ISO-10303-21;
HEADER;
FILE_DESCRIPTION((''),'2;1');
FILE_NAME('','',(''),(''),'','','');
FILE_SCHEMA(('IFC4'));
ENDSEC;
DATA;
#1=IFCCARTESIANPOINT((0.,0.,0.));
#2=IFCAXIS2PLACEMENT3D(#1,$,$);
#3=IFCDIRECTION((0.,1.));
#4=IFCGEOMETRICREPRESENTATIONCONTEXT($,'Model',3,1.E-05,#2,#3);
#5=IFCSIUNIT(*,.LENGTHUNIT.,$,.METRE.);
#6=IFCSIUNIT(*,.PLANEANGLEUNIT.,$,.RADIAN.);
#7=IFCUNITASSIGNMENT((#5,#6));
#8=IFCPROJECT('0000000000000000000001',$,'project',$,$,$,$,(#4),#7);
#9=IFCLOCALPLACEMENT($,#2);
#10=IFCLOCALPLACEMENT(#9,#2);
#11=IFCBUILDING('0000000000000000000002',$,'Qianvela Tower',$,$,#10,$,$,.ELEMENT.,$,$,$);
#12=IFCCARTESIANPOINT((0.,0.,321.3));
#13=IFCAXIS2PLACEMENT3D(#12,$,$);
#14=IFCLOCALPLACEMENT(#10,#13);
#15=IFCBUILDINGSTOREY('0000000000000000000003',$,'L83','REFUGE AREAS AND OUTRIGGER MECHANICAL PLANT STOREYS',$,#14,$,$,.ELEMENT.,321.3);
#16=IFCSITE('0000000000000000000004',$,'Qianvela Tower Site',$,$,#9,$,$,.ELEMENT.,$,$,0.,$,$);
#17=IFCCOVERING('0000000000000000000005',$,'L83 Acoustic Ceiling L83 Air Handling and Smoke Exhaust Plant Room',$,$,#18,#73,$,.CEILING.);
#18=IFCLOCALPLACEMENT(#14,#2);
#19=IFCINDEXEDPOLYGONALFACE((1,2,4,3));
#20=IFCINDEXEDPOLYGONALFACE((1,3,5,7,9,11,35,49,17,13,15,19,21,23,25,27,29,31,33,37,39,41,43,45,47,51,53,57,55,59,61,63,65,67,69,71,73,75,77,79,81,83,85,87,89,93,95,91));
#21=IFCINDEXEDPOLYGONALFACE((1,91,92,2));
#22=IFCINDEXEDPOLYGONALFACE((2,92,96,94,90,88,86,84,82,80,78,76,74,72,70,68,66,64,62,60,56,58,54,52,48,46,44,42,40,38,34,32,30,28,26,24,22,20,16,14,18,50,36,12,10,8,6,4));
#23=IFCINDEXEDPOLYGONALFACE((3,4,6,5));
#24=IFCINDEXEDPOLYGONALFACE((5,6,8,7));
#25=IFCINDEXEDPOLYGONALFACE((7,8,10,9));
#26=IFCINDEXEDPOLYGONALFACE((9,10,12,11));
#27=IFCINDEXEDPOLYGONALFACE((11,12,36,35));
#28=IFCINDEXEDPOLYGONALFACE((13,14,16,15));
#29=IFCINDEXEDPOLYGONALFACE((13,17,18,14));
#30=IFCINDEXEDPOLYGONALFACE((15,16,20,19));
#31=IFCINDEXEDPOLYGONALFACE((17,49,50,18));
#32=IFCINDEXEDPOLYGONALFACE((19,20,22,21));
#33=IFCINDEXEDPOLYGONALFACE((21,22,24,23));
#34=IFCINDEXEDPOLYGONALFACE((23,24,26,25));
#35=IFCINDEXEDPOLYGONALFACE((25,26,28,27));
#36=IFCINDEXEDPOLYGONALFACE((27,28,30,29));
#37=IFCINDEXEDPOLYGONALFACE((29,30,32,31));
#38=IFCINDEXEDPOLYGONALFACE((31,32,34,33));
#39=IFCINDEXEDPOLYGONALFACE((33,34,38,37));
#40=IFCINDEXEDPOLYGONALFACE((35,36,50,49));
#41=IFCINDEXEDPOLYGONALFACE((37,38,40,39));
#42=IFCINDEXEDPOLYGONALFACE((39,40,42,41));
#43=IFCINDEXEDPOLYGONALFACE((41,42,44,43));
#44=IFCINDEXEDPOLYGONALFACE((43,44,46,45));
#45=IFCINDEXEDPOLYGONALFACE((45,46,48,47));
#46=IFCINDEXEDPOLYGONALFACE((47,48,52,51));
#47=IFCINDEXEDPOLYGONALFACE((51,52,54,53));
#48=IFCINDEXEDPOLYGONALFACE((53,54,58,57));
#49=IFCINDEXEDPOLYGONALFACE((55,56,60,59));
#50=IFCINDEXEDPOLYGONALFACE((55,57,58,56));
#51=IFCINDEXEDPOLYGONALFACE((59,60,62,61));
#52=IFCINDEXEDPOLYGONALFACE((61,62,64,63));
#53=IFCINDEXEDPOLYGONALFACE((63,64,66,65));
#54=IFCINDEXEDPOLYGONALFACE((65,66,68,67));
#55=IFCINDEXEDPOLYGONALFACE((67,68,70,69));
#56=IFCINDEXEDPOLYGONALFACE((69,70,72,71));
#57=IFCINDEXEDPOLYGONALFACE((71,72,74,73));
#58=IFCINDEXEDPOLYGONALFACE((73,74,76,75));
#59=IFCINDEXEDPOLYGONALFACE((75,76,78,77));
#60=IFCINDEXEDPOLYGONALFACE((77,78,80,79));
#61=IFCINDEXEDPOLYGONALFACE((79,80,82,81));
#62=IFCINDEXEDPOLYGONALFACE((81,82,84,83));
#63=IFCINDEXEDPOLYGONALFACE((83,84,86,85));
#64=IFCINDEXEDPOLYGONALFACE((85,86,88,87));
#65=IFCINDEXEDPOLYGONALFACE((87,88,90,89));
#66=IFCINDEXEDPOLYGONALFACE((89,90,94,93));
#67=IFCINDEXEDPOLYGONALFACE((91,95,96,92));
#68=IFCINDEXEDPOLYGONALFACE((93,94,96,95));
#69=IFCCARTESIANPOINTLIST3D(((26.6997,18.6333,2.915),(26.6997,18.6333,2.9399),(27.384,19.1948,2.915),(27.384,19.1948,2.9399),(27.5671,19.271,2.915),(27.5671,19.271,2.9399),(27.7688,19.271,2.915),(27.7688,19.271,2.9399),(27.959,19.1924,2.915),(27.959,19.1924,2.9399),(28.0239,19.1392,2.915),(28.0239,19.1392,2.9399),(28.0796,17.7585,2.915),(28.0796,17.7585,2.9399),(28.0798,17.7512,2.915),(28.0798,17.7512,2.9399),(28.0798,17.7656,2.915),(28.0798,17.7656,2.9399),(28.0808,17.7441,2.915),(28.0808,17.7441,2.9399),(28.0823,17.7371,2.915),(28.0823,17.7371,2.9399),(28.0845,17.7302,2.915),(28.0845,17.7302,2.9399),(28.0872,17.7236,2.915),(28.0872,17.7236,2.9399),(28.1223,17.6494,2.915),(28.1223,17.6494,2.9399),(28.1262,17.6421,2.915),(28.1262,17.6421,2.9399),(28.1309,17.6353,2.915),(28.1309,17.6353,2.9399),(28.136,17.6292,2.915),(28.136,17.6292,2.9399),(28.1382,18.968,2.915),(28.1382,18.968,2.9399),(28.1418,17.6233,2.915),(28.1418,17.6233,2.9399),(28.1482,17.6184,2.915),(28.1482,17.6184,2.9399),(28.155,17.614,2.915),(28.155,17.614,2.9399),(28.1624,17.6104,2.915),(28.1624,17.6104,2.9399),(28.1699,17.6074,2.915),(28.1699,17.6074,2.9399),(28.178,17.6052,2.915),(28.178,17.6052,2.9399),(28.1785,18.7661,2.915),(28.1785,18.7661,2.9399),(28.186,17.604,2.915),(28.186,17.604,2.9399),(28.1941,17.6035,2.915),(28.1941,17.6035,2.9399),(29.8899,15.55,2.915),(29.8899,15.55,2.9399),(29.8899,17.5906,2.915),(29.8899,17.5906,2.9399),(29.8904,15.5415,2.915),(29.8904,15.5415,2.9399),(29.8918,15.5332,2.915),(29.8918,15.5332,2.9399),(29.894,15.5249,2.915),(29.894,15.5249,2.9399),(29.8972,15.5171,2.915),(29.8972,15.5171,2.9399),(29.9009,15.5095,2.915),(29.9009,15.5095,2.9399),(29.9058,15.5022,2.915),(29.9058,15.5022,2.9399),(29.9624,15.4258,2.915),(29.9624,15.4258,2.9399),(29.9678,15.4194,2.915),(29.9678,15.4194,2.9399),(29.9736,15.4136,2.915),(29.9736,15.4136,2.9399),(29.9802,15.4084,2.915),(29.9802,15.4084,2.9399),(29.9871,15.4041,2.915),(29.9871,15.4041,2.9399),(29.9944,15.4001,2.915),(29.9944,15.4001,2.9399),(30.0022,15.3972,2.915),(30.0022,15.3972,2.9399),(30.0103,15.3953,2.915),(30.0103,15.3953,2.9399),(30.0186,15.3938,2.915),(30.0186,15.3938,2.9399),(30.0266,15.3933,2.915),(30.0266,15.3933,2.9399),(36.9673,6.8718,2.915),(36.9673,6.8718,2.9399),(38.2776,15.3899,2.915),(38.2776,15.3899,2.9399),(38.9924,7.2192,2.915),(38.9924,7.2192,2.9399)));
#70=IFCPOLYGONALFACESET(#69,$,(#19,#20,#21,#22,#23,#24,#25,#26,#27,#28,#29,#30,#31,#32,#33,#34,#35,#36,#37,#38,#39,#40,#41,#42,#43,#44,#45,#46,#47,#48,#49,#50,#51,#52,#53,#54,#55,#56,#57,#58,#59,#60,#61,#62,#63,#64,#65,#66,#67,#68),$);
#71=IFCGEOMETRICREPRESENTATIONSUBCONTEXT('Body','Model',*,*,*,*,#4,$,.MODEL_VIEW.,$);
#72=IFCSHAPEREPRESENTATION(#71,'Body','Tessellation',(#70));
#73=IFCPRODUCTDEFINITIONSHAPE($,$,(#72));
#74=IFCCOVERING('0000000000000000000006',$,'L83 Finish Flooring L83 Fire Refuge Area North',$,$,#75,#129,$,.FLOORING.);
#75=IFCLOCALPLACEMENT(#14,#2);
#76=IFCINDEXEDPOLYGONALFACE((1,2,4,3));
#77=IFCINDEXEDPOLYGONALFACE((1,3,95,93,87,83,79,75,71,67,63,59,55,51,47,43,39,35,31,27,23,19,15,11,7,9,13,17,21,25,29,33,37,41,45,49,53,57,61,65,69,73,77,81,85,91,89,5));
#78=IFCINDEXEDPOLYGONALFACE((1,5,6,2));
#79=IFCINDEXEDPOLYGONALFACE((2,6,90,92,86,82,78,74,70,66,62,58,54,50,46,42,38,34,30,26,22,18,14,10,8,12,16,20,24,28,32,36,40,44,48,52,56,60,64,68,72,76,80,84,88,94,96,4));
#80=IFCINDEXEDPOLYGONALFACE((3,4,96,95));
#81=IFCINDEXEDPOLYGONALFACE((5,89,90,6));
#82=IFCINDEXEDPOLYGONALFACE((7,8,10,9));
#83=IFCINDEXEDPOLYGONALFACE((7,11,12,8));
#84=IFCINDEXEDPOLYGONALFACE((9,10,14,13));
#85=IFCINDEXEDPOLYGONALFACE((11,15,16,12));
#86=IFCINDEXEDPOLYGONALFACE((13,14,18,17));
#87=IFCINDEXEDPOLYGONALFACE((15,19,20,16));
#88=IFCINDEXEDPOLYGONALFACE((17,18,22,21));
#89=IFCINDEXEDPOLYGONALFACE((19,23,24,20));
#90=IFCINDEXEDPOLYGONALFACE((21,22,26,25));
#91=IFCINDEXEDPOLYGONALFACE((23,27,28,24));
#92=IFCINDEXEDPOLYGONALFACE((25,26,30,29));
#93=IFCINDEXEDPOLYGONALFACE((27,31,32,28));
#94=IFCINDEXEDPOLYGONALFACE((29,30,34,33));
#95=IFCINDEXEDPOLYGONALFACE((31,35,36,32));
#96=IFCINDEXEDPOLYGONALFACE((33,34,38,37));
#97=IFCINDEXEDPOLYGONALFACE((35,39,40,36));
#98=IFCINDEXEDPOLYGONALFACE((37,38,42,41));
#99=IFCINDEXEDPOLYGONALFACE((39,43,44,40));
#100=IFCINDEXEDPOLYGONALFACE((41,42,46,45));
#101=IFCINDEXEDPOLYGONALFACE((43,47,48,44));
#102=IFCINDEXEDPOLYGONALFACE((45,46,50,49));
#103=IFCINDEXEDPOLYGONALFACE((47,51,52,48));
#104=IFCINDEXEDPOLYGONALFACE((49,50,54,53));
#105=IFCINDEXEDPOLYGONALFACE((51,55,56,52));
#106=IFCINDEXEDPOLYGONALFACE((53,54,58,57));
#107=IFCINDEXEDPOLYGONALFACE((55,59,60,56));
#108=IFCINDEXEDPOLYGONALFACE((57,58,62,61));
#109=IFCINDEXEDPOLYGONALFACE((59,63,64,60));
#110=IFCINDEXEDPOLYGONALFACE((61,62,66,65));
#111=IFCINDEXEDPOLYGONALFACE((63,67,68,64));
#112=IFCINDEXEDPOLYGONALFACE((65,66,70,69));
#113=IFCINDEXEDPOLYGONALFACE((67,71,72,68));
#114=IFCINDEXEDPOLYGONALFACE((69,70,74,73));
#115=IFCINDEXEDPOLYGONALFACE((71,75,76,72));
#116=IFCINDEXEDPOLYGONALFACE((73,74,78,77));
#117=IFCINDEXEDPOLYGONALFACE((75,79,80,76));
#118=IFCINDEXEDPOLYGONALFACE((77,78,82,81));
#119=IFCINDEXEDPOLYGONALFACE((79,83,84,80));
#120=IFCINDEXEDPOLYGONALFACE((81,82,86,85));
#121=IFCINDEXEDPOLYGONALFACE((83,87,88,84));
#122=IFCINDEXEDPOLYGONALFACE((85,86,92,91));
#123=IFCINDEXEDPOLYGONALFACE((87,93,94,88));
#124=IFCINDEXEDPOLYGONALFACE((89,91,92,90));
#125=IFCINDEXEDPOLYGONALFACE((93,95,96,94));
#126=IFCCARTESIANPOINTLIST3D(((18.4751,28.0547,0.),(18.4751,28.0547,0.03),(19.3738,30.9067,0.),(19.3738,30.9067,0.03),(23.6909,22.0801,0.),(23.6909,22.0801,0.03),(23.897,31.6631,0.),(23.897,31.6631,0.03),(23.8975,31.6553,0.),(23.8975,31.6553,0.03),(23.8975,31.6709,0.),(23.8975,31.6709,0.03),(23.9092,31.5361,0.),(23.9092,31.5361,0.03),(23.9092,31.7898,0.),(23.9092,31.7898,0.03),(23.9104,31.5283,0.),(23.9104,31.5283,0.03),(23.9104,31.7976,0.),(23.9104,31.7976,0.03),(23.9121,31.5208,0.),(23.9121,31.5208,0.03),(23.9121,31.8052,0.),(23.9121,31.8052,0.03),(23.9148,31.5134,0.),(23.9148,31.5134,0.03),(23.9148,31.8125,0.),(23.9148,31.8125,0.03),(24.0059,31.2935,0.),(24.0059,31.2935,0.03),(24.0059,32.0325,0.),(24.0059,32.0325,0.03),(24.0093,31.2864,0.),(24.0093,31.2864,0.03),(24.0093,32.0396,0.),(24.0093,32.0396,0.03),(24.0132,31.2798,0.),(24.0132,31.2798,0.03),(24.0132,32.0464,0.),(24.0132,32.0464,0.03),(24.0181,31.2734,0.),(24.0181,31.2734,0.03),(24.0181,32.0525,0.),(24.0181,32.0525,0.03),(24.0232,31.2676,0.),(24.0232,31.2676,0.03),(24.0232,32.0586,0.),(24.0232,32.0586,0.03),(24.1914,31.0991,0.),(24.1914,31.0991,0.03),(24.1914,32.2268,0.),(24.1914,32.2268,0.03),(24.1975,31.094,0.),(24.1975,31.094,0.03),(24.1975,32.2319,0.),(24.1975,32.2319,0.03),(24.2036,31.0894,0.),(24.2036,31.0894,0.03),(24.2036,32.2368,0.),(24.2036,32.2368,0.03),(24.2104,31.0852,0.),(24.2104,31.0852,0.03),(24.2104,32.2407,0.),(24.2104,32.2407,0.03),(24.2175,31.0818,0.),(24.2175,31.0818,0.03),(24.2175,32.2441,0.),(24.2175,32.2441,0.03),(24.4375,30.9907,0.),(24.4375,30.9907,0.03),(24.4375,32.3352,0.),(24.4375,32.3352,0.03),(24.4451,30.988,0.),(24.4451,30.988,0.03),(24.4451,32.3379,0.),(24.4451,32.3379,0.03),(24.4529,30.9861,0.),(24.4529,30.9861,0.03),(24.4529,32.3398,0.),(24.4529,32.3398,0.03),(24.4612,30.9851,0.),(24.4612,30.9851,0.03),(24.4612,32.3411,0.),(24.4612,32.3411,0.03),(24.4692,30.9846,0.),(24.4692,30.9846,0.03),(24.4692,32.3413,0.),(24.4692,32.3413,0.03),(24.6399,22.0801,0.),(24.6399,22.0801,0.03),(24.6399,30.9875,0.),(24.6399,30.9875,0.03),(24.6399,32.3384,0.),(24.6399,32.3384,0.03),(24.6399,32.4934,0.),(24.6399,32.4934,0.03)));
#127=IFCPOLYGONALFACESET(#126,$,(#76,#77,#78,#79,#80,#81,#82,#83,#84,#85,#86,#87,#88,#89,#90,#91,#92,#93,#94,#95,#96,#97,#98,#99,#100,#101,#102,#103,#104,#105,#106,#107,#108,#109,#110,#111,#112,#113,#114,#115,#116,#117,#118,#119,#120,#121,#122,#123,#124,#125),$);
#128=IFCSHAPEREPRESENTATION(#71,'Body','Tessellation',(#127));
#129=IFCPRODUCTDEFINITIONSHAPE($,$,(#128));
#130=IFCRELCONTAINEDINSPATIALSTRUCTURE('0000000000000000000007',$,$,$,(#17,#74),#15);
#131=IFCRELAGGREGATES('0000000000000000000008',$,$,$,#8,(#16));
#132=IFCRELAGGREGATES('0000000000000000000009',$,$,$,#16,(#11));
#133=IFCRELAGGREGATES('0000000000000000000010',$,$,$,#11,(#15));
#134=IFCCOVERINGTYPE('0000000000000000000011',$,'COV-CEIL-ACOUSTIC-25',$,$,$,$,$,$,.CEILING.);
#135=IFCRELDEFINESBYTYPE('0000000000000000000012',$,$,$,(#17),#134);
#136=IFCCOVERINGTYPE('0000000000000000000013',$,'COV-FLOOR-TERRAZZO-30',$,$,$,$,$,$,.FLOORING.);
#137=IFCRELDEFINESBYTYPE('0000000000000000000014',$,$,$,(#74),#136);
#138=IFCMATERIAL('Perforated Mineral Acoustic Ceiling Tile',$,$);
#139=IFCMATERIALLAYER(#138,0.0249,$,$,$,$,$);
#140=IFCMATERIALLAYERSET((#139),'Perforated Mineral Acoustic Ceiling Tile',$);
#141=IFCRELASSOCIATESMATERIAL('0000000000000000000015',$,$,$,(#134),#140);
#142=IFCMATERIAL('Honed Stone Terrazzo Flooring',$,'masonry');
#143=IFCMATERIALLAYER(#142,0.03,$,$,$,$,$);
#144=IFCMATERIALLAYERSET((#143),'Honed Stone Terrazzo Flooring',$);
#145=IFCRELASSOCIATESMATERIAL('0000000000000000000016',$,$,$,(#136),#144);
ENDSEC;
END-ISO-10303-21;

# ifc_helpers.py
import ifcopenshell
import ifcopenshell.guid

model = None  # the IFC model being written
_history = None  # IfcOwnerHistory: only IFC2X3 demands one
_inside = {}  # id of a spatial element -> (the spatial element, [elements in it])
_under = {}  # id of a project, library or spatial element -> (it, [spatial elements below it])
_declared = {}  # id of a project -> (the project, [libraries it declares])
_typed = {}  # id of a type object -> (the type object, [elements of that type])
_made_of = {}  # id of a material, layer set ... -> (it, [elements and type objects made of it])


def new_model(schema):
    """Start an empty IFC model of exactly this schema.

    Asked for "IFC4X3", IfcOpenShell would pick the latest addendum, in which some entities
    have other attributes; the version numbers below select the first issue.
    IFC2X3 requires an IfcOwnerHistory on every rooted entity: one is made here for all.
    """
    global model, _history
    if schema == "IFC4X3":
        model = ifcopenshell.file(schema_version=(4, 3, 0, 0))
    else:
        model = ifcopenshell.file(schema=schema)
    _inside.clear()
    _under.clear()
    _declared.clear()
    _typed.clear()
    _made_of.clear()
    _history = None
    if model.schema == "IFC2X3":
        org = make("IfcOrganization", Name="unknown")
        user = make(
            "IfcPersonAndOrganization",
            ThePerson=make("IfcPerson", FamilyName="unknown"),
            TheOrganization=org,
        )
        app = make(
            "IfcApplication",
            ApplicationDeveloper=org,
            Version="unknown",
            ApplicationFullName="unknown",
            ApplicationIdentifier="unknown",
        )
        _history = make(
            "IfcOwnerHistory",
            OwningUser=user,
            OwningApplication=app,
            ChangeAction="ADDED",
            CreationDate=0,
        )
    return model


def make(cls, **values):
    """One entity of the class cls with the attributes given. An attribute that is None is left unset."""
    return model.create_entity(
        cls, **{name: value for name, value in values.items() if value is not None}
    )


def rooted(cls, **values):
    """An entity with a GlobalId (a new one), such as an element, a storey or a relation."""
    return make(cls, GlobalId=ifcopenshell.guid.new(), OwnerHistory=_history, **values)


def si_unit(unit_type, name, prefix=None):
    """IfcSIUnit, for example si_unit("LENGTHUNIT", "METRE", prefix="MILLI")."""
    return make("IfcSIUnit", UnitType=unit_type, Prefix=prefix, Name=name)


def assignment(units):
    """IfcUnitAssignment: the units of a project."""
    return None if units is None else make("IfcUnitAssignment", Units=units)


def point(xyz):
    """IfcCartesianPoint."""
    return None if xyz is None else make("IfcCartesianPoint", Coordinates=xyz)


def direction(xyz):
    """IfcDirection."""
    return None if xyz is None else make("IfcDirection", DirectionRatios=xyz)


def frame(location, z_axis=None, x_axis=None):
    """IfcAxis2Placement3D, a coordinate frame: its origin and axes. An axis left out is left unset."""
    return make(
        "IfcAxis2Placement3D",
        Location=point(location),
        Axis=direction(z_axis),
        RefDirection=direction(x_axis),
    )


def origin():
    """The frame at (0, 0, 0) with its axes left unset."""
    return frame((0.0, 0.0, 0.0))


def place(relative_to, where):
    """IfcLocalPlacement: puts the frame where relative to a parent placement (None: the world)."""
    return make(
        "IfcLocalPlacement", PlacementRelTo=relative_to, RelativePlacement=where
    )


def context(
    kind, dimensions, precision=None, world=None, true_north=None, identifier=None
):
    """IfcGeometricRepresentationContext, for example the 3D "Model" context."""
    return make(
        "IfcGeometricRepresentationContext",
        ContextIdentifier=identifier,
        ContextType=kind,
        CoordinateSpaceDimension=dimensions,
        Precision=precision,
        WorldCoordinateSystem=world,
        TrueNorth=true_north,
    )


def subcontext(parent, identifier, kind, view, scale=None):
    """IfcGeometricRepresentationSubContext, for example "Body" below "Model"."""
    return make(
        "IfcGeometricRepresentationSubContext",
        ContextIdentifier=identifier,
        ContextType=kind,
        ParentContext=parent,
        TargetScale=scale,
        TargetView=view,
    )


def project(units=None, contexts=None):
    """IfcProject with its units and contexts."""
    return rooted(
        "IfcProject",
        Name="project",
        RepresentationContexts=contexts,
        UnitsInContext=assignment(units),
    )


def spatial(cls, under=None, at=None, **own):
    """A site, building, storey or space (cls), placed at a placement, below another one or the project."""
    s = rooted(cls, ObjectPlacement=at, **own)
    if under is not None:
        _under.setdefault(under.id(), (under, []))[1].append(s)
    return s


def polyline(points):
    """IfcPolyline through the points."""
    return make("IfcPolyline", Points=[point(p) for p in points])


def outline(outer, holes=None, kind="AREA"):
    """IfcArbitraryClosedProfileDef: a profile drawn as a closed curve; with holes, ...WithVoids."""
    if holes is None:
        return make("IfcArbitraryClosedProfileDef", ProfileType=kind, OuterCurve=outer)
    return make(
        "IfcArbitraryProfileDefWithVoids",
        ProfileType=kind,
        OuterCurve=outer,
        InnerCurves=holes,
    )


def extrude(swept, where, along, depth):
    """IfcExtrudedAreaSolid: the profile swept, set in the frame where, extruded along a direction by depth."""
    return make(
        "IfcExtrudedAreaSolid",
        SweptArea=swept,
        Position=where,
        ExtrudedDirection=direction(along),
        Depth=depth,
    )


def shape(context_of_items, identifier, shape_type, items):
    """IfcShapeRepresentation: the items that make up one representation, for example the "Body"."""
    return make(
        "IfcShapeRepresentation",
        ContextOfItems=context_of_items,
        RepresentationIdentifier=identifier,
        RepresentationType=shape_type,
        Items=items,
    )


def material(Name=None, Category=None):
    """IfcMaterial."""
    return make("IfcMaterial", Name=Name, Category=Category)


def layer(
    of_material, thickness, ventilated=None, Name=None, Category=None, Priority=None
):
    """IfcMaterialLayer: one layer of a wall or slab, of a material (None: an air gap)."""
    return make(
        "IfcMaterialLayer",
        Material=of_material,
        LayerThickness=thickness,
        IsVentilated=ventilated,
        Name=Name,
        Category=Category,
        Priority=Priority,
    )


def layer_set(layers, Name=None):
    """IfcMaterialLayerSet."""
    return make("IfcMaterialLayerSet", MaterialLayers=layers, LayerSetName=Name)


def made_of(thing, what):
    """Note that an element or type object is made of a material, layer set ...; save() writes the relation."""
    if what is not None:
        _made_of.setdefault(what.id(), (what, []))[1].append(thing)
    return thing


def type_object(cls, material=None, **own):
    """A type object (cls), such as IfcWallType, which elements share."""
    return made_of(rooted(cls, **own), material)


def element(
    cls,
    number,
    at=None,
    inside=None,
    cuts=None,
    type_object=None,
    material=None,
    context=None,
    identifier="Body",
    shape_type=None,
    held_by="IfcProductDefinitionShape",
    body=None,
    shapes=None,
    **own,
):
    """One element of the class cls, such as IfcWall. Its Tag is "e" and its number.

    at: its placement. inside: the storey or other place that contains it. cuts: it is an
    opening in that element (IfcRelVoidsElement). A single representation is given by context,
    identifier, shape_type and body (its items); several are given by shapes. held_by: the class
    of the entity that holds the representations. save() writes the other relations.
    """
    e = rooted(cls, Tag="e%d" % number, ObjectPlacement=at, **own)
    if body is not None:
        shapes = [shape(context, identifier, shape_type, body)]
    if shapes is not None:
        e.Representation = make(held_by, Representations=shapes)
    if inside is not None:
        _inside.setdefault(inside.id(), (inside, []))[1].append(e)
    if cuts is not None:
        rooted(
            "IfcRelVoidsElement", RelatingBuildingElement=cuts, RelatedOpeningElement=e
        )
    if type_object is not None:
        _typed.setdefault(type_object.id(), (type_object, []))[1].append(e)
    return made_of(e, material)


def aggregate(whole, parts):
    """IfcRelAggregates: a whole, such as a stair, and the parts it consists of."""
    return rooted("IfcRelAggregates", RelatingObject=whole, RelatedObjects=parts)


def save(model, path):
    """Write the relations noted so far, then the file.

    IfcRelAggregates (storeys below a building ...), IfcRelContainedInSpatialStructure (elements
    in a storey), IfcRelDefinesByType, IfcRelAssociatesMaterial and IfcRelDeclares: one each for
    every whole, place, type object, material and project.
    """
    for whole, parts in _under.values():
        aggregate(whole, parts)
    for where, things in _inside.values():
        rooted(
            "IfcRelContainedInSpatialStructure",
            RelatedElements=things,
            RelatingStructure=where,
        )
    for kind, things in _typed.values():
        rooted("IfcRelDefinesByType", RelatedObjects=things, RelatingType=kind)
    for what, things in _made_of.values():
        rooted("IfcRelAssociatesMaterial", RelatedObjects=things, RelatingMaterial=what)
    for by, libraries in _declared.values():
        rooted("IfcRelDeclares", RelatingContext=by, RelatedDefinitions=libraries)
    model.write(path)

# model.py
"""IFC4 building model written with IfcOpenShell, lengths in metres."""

from ifc_helpers import new_model, si_unit, direction, frame, origin, place, context, subcontext, project, spatial, polyline, outline, extrude, material, layer, layer_set, type_object, element, save


model = new_model("IFC4")

# Units and contexts
model_context = context("Model", 3, precision=1e-05, world=origin(), true_north=direction((0.0, 1.0)))
body_context = subcontext(model_context, "Body", "Model", "MODEL_VIEW")
ifc_project = project(units=[si_unit("LENGTHUNIT", "METRE"), si_unit("PLANEANGLEUNIT", "RADIAN")], contexts=[model_context])

# Site, building, storey
site_placement = place(None, origin())
site = spatial("IfcSite", under=ifc_project, at=site_placement, Name="Qianvela Tower Site", CompositionType="ELEMENT", RefElevation=0.0)
building_placement = place(site_placement, origin())
building = spatial("IfcBuilding", under=site, at=building_placement, Name="Qianvela Tower", CompositionType="ELEMENT")
storey_placement = place(building_placement, frame((0.0, 0.0, 321.3)))
storey = spatial("IfcBuildingStorey", under=building, at=storey_placement, Name="L83", Description="REFUGE AREAS AND OUTRIGGER MECHANICAL PLANT STOREYS", CompositionType="ELEMENT", Elevation=321.3)

# Coverings
ifc_material_1 = material(Name="Perforated Mineral Acoustic Ceiling Tile")
ifc_layer_1 = layer(ifc_material_1, 0.0249)
ifc_layer_set_1 = layer_set([ifc_layer_1], Name="Perforated Mineral Acoustic Ceiling Tile")
covering_type_1 = type_object("IfcCoveringType", Name="COV-CEIL-ACOUSTIC-25", PredefinedType="CEILING", material=ifc_layer_set_1)
covering_1_placement = place(storey_placement, frame((0.0, 0.0, 2.915)))
element("IfcCovering", 1, at=covering_1_placement, inside=storey, type_object=covering_type_1, Name="L83 Acoustic Ceiling L83 Air Handling and Smoke Exhaust Plant Room", PredefinedType="CEILING", context=body_context, shape_type="SweptSolid", body=[
    extrude(outline(polyline([(26.6997, 18.6333), (27.384, 19.1948), (27.5671, 19.271), (27.7688, 19.271), (27.959, 19.1924), (28.0239, 19.1392), (28.1382, 18.968), (28.1785, 18.7661), (28.0798, 17.7656), (28.0796, 17.7585), (28.0798, 17.7512), (28.0808, 17.7441), (28.0823, 17.7371), (28.0845, 17.7302), (28.0872, 17.7236), (28.1223, 17.6494), (28.1262, 17.6421), (28.1309, 17.6353), (28.136, 17.6292), (28.1418, 17.6233), (28.1482, 17.6184), (28.155, 17.614), (28.1624, 17.6104), (28.1699, 17.6074), (28.178, 17.6052), (28.186, 17.604), (28.1941, 17.6035), (29.8899, 17.5906), (29.8899, 15.55), (29.8904, 15.5415), (29.8918, 15.5332), (29.894, 15.5249), (29.8972, 15.5171), (29.9009, 15.5095), (29.9058, 15.5022), (29.9624, 15.4258), (29.9678, 15.4194), (29.9736, 15.4136), (29.9802, 15.4084), (29.9871, 15.4041), (29.9944, 15.4001), (30.0022, 15.3972), (30.0103, 15.3953), (30.0186, 15.3938), (30.0266, 15.3933), (38.2776, 15.3899), (38.9924, 7.2192), (36.9673, 6.8718), (26.6997, 18.6333)])), origin(), (0.0, 0.0, 1.0), 0.0249),
])
ifc_material_2 = material(Name="Honed Stone Terrazzo Flooring", Category="masonry")
ifc_layer_2 = layer(ifc_material_2, 0.03)
ifc_layer_set_2 = layer_set([ifc_layer_2], Name="Honed Stone Terrazzo Flooring")
covering_type_2 = type_object("IfcCoveringType", Name="COV-FLOOR-TERRAZZO-30", PredefinedType="FLOORING", material=ifc_layer_set_2)
covering_2_placement = place(storey_placement, origin())
element("IfcCovering", 2, at=covering_2_placement, inside=storey, type_object=covering_type_2, Name="L83 Finish Flooring L83 Fire Refuge Area North", PredefinedType="FLOORING", context=body_context, shape_type="SweptSolid", body=[
    extrude(outline(polyline([(19.3738, 30.9067), (24.6399, 32.4934), (24.6399, 32.3384), (24.4692, 32.3413), (24.4612, 32.3411), (24.4529, 32.3398), (24.4451, 32.3379), (24.4375, 32.3352), (24.2175, 32.2441), (24.2104, 32.2407), (24.2036, 32.2368), (24.1975, 32.2319), (24.1914, 32.2268), (24.0232, 32.0586), (24.0181, 32.0525), (24.0132, 32.0464), (24.0093, 32.0396), (24.0059, 32.0325), (23.9148, 31.8125), (23.9121, 31.8052), (23.9104, 31.7976), (23.9092, 31.7898), (23.8975, 31.6709), (23.897, 31.6631), (23.8975, 31.6553), (23.9092, 31.5361), (23.9104, 31.5283), (23.9121, 31.5208), (23.9148, 31.5134), (24.0059, 31.2935), (24.0093, 31.2864), (24.0132, 31.2798), (24.0181, 31.2734), (24.0232, 31.2676), (24.1914, 31.0991), (24.1975, 31.094), (24.2036, 31.0894), (24.2104, 31.0852), (24.2175, 31.0818), (24.4375, 30.9907), (24.4451, 30.988), (24.4529, 30.9861), (24.4612, 30.9851), (24.4692, 30.9846), (24.6399, 30.9875), (24.6399, 22.0801), (23.6909, 22.0801), (18.4751, 28.0547), (19.3738, 30.9067)])), origin(), (0.0, 0.0, 1.0), 0.03),
])

save(model, "model.ifc")
